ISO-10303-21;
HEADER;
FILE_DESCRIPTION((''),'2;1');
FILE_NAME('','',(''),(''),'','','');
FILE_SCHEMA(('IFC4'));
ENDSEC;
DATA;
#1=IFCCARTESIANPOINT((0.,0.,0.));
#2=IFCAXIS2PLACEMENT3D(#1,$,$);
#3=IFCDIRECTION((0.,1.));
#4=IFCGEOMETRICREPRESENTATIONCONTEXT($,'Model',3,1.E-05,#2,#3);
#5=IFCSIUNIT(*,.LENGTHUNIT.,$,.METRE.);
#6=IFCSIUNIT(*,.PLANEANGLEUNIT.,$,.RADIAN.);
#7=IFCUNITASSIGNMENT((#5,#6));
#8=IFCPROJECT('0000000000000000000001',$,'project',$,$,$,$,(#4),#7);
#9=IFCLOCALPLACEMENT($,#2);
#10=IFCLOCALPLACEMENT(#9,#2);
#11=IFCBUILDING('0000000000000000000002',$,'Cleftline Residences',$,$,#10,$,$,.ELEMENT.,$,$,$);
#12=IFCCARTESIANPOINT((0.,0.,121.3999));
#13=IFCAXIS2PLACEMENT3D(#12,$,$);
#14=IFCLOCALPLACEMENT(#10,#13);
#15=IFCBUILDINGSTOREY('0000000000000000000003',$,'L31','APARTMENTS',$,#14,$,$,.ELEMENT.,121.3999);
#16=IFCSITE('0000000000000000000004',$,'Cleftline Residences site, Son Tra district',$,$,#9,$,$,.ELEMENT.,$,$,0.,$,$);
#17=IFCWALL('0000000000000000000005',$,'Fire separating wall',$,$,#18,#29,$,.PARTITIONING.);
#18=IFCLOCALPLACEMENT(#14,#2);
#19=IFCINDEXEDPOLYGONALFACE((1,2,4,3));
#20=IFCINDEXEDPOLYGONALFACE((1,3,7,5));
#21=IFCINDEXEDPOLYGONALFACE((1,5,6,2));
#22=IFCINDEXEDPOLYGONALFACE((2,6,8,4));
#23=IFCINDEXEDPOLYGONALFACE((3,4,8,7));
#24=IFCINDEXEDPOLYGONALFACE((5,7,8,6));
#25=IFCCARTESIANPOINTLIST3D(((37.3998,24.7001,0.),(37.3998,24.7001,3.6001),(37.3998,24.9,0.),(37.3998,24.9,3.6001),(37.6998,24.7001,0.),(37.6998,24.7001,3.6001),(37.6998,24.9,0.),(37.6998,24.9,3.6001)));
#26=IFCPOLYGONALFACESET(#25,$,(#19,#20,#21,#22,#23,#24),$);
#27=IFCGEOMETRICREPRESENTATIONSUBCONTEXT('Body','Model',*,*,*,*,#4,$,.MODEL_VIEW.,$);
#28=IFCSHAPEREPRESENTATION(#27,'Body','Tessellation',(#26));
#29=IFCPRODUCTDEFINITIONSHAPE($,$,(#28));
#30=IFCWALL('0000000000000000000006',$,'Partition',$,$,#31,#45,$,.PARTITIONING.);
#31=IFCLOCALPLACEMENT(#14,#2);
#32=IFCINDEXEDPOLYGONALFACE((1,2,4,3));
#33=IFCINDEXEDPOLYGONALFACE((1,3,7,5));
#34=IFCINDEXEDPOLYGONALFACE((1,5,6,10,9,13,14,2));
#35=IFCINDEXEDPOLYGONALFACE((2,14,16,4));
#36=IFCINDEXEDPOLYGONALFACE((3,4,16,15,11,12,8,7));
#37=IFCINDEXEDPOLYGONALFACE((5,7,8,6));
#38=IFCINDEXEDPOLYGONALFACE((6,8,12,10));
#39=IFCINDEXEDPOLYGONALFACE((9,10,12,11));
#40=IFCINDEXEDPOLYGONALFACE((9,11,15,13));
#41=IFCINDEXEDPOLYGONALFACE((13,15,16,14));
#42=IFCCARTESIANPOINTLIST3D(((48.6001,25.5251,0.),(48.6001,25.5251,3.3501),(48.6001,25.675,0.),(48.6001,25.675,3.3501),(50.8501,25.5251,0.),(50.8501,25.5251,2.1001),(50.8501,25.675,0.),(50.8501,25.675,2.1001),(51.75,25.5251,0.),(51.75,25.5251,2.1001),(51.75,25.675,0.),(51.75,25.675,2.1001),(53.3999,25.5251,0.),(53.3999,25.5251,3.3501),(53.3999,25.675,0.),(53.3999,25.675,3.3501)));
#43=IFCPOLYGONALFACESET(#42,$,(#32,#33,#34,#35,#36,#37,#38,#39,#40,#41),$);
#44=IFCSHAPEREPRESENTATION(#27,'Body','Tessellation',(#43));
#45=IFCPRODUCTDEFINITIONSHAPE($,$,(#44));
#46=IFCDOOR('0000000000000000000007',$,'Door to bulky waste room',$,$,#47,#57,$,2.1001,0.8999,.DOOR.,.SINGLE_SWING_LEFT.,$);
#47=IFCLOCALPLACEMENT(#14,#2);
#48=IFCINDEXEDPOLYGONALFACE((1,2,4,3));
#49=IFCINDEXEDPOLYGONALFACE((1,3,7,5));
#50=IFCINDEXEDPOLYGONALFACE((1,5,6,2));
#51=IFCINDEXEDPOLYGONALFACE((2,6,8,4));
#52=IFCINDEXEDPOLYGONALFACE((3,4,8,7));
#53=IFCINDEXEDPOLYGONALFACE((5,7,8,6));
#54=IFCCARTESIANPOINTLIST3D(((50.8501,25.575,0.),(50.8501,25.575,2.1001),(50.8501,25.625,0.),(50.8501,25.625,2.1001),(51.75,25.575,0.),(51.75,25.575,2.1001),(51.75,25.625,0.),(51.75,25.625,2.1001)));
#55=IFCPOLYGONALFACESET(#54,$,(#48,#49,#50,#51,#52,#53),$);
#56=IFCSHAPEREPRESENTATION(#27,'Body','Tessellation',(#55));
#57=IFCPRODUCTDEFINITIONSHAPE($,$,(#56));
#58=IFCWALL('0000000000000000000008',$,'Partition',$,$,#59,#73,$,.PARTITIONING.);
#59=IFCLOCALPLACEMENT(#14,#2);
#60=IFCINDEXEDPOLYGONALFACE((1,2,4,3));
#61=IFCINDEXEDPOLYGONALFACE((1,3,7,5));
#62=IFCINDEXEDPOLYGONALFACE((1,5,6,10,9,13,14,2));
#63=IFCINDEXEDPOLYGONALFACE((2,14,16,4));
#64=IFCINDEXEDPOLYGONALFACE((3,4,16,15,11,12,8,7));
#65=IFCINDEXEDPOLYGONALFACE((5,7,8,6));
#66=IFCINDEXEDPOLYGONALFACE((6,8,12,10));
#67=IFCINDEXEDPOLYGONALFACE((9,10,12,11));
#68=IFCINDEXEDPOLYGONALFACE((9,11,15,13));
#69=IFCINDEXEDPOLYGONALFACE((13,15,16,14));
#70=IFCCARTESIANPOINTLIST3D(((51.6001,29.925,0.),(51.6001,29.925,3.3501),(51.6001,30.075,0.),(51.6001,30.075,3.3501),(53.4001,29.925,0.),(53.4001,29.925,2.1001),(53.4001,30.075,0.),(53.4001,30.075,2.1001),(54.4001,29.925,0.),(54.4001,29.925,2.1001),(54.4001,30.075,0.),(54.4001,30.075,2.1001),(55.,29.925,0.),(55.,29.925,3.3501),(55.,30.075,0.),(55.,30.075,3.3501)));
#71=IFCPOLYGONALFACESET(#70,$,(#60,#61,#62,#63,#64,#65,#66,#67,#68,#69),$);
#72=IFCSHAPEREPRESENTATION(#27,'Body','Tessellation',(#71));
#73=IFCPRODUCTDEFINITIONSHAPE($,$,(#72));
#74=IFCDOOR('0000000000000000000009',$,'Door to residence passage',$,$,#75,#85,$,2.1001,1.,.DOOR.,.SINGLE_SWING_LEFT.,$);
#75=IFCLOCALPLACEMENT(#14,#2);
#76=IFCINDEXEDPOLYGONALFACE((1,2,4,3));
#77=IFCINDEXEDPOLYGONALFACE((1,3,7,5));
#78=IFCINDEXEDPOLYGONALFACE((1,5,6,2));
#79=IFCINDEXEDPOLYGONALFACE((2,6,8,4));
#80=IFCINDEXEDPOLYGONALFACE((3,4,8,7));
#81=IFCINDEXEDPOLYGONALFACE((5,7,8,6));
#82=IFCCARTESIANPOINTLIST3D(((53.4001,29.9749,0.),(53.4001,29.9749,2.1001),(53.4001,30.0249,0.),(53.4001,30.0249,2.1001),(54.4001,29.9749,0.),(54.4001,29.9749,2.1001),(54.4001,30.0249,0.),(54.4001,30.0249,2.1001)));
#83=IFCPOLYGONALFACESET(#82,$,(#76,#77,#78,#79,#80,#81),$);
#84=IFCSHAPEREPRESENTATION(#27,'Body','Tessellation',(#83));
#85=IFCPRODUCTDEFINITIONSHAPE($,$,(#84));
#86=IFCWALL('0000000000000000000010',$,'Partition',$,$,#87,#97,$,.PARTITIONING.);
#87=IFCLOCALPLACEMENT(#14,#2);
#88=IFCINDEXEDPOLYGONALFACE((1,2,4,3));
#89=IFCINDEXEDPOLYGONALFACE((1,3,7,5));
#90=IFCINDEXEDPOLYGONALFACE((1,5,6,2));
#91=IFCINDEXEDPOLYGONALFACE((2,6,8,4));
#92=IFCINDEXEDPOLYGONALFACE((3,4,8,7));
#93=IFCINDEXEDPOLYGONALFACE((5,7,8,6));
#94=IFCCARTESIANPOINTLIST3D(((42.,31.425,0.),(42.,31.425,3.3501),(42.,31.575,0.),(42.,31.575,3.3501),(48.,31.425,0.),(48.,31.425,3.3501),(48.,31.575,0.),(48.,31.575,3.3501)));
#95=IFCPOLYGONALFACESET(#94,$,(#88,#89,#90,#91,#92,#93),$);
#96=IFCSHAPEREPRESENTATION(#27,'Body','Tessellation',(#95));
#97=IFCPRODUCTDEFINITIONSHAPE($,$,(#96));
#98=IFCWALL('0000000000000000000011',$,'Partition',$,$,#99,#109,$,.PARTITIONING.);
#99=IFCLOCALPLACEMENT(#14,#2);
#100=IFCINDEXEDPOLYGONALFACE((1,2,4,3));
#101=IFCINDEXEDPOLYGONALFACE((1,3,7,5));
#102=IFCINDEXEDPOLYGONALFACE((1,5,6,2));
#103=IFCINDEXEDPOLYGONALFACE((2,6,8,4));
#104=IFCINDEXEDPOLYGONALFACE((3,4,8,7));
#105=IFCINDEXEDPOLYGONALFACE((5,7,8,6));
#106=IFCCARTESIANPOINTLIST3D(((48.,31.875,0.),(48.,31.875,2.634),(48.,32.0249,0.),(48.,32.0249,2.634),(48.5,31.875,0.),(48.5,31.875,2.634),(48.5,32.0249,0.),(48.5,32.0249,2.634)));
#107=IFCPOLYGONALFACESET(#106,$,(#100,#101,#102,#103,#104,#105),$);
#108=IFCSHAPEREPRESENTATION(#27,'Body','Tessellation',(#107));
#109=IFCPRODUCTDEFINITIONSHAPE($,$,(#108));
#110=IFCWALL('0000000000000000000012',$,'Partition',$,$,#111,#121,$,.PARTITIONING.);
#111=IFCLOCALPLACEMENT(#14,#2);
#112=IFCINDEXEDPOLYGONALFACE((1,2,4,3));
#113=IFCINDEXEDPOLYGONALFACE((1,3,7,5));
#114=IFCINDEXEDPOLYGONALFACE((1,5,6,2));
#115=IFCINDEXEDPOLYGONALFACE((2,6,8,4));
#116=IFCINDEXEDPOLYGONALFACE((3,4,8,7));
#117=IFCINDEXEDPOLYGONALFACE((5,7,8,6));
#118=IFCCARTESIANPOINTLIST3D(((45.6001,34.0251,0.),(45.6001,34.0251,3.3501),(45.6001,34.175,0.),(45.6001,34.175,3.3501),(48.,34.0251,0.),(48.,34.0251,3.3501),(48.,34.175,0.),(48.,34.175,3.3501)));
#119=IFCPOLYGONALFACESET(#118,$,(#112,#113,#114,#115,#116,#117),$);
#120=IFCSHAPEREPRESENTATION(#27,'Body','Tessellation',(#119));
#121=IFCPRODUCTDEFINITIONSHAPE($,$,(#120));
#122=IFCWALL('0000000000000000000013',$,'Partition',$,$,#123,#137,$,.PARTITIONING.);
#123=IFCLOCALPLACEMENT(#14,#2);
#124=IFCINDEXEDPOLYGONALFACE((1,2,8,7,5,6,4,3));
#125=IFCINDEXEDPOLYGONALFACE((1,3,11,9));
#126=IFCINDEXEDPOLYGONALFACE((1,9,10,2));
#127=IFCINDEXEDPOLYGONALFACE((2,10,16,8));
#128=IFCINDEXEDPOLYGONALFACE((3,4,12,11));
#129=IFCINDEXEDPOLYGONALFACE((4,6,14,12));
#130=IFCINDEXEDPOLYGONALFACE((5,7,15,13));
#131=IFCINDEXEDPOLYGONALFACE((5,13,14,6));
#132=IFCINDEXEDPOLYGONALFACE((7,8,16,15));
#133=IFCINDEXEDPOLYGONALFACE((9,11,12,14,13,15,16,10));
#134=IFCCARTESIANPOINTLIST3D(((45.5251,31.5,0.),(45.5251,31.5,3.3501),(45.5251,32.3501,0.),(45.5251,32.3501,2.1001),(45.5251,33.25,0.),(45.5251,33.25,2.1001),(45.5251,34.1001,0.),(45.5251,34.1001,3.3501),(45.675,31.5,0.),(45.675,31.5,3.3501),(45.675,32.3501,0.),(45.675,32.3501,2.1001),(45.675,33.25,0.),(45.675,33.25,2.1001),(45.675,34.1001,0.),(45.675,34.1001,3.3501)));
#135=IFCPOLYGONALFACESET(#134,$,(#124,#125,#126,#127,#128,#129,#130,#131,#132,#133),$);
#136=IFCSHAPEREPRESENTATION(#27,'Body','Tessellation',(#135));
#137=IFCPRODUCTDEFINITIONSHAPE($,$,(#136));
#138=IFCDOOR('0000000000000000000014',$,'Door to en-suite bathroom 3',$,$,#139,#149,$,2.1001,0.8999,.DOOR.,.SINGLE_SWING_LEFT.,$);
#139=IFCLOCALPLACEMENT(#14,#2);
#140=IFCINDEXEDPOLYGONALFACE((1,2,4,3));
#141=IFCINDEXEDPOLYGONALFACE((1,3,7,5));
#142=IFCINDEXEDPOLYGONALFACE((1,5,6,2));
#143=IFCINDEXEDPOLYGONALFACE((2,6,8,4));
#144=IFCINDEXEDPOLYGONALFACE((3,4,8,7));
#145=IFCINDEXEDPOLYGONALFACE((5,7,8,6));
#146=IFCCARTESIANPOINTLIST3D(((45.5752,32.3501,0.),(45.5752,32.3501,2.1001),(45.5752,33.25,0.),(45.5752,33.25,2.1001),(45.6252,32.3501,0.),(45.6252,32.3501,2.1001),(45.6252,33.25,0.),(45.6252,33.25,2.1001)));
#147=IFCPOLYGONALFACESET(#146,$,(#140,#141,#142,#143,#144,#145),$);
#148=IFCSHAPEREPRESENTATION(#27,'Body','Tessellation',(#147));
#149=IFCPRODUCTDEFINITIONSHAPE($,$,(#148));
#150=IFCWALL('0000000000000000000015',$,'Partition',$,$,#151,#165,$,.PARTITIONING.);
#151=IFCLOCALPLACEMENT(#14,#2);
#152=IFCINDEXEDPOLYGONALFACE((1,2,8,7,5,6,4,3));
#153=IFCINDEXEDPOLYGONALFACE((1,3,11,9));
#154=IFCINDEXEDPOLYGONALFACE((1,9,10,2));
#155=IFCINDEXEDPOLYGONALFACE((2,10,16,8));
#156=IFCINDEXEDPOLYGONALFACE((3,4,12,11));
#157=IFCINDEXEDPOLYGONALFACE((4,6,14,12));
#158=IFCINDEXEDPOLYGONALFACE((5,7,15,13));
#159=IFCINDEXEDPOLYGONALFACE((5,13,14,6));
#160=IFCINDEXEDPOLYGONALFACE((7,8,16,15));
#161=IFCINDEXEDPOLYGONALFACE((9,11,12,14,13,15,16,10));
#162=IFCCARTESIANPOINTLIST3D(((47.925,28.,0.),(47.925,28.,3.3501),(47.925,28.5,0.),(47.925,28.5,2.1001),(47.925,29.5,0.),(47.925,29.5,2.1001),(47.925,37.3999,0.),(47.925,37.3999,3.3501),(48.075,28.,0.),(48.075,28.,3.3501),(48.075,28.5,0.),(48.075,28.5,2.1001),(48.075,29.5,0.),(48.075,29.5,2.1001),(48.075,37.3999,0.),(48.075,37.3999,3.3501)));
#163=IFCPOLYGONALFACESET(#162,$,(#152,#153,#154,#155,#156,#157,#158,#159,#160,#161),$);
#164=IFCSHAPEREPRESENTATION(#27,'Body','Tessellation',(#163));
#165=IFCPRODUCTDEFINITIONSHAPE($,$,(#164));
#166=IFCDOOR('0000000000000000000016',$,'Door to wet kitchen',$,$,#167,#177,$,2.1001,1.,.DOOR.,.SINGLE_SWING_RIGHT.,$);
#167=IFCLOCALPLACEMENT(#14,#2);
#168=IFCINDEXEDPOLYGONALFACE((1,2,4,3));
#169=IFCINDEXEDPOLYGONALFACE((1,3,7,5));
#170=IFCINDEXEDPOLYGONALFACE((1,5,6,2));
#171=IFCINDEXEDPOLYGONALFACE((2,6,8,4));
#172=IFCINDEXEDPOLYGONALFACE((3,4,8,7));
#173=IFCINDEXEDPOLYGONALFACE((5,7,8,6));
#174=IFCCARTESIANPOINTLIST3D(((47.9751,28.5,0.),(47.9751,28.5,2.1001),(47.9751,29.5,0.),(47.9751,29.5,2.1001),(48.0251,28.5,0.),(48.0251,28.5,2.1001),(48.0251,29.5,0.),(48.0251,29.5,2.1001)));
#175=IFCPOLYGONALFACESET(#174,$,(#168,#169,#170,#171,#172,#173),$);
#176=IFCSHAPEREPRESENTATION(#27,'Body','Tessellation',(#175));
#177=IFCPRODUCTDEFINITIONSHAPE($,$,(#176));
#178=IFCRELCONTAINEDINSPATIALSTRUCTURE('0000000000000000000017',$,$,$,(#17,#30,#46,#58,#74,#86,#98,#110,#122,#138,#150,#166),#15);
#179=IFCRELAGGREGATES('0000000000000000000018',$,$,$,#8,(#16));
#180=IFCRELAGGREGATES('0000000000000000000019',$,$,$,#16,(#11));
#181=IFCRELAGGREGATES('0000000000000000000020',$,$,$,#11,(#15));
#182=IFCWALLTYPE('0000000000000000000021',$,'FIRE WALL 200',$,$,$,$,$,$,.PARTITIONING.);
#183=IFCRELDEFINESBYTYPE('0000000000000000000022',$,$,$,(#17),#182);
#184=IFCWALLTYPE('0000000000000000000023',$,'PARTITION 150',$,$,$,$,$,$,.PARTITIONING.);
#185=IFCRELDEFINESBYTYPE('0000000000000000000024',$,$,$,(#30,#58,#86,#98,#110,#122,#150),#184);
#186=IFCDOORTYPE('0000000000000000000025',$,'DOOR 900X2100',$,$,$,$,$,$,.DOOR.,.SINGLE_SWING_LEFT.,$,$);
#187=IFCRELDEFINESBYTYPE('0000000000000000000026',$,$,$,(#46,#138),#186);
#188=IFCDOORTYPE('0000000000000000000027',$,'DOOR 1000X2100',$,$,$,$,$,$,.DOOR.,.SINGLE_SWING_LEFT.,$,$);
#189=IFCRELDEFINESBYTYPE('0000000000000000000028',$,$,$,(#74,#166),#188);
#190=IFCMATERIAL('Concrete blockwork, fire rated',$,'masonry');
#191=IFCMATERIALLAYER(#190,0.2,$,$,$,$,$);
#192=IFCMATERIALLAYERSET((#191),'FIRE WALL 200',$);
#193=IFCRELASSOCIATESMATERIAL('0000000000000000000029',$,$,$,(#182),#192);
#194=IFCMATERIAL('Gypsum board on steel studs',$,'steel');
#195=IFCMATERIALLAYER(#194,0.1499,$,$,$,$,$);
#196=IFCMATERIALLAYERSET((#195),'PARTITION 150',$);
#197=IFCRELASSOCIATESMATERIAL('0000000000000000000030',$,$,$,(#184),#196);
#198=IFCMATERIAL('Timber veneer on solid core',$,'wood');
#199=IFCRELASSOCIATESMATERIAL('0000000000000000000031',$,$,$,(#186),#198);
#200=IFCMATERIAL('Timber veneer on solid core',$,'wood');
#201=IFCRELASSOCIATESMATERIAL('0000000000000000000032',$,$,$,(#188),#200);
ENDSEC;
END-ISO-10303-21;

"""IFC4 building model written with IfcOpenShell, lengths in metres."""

from ifc_helpers import new_model, si_unit, direction, frame, frame_2d, origin, place, context, subcontext, project, spatial, rectangle, extrude, material, layer, layer_set, type_object, element, fill, save


model = new_model("IFC4")

# Units and contexts
model_context = context("Model", 3, precision=1e-05, world=origin(), true_north=direction((0.0, 1.0)))
body_context = subcontext(model_context, "Body", "Model", "MODEL_VIEW")
ifc_project = project(units=[si_unit("LENGTHUNIT", "METRE"), si_unit("PLANEANGLEUNIT", "RADIAN")], contexts=[model_context])

# Site, building, storey
site_placement = place(None, origin())
site = spatial("IfcSite", under=ifc_project, at=site_placement, Name="Cleftline Residences site, Son Tra district", CompositionType="ELEMENT", RefElevation=0.0)
building_placement = place(site_placement, origin())
building = spatial("IfcBuilding", under=site, at=building_placement, Name="Cleftline Residences", CompositionType="ELEMENT")
storey_placement = place(building_placement, frame((0.0, 0.0, 121.3999)))
storey = spatial("IfcBuildingStorey", under=building, at=storey_placement, Name="L31", Description="APARTMENTS", CompositionType="ELEMENT", Elevation=121.3999)

# Shared definitions
ifc_material_1 = material(Name="Concrete blockwork, fire rated", Category="masonry")
ifc_layer_1 = layer(ifc_material_1, 0.2)
ifc_layer_set_1 = layer_set([ifc_layer_1], Name="FIRE WALL 200")
wall_type_1 = type_object("IfcWallType", Name="FIRE WALL 200", PredefinedType="PARTITIONING", material=ifc_layer_set_1)

# Wall
wall_1_placement = place(storey_placement, frame((37.3999, 24.8, 0.0), z_axis=(0.0, 0.0, 1.0), x_axis=(1.0, 0.0, 0.0)))
element("IfcWall", 1, at=wall_1_placement, inside=storey, type_object=wall_type_1, Name="Fire separating wall", PredefinedType="PARTITIONING", context=body_context, shape_type="SweptSolid", body=[
    extrude(rectangle(XDim=0.3, YDim=0.2, at=frame_2d((0.1499, 0.0))), origin(), (0.0, 0.0, 1.0), 3.6001),
])

# Walls, openings, doors
ifc_material_2 = material(Name="Gypsum board on steel studs", Category="steel")
ifc_layer_2 = layer(ifc_material_2, 0.1499)
ifc_layer_set_2 = layer_set([ifc_layer_2], Name="PARTITION 150")
wall_type_2 = type_object("IfcWallType", Name="PARTITION 150", PredefinedType="PARTITIONING", material=ifc_layer_set_2)
wall_2_placement = place(storey_placement, frame((48.6001, 25.6001, 0.0), z_axis=(0.0, 0.0, 1.0), x_axis=(1.0, 0.0, 0.0)))
wall_2 = element("IfcWall", 2, at=wall_2_placement, inside=storey, type_object=wall_type_2, Name="Partition", PredefinedType="PARTITIONING", context=body_context, shape_type="SweptSolid", body=[
    extrude(rectangle(XDim=4.7998, YDim=0.1499, at=frame_2d((2.3999, 0.0))), origin(), (0.0, 0.0, 1.0), 3.3501),
])
opening_1_placement = place(wall_2_placement, frame((2.25, 0.0, 0.0)))
opening_1 = element("IfcOpeningElement", 3, at=opening_1_placement, cuts=wall_2, PredefinedType="OPENING", context=body_context, shape_type="SweptSolid", body=[
    extrude(rectangle(XDim=0.8999, YDim=2.1001, at=frame_2d((0.45, 1.05))), frame((0.0, 0.085, 0.0), z_axis=(0.0, -1.0, 0.0), x_axis=(1.0, 0.0, 0.0)), (0.0, 0.0, 1.0), 0.1699),
])
ifc_material_3 = material(Name="Timber veneer on solid core", Category="wood")
door_type_1 = type_object("IfcDoorType", Name="DOOR 900X2100", OperationType="SINGLE_SWING_LEFT", PredefinedType="DOOR", material=ifc_material_3)
door_1_placement = place(opening_1_placement, origin())
door_1 = element("IfcDoor", 4, at=door_1_placement, inside=storey, type_object=door_type_1, Name="Door to bulky waste room", OperationType="SINGLE_SWING_LEFT", OverallHeight=2.1001, OverallWidth=0.8999, PredefinedType="DOOR", context=body_context, shape_type="SweptSolid", body=[
    extrude(rectangle(XDim=0.8999, YDim=2.1001, at=frame_2d((0.45, 1.05))), frame((0.0, 0.0249, 0.0), z_axis=(0.0, -1.0, 0.0), x_axis=(1.0, 0.0, 0.0)), (0.0, 0.0, 1.0), 0.05),
])
fill(opening_1, door_1)
wall_3_placement = place(storey_placement, frame((51.6001, 30.0, 0.0), z_axis=(0.0, 0.0, 1.0), x_axis=(1.0, 0.0, 0.0)))
wall_3 = element("IfcWall", 5, at=wall_3_placement, inside=storey, type_object=wall_type_2, Name="Partition", PredefinedType="PARTITIONING", context=body_context, shape_type="SweptSolid", body=[
    extrude(rectangle(XDim=3.3999, YDim=0.1499, at=frame_2d((1.7, 0.0))), origin(), (0.0, 0.0, 1.0), 3.3501),
])
opening_2_placement = place(wall_3_placement, frame((1.8, 0.0, 0.0)))
opening_2 = element("IfcOpeningElement", 6, at=opening_2_placement, cuts=wall_3, PredefinedType="OPENING", context=body_context, shape_type="SweptSolid", body=[
    extrude(rectangle(XDim=1.0, YDim=2.1001, at=frame_2d((0.5, 1.05))), frame((0.0, 0.085, 0.0), z_axis=(0.0, -1.0, 0.0), x_axis=(1.0, 0.0, 0.0)), (0.0, 0.0, 1.0), 0.1699),
])
ifc_material_4 = material(Name="Timber veneer on solid core", Category="wood")
door_type_2 = type_object("IfcDoorType", Name="DOOR 1000X2100", OperationType="SINGLE_SWING_LEFT", PredefinedType="DOOR", material=ifc_material_4)
door_2_placement = place(opening_2_placement, origin())
door_2 = element("IfcDoor", 7, at=door_2_placement, inside=storey, type_object=door_type_2, Name="Door to residence passage", OperationType="SINGLE_SWING_LEFT", OverallHeight=2.1001, OverallWidth=1.0, PredefinedType="DOOR", context=body_context, shape_type="SweptSolid", body=[
    extrude(rectangle(XDim=1.0, YDim=2.1001, at=frame_2d((0.5, 1.05))), frame((0.0, 0.0249, 0.0), z_axis=(0.0, -1.0, 0.0), x_axis=(1.0, 0.0, 0.0)), (0.0, 0.0, 1.0), 0.05),
])
fill(opening_2, door_2)

# Walls
wall_4_placement = place(storey_placement, frame((42.0, 31.5, 0.0), z_axis=(0.0, 0.0, 1.0), x_axis=(1.0, 0.0, 0.0)))
element("IfcWall", 8, at=wall_4_placement, inside=storey, type_object=wall_type_2, Name="Partition", PredefinedType="PARTITIONING", context=body_context, shape_type="SweptSolid", body=[
    extrude(rectangle(XDim=6.0, YDim=0.1499, at=frame_2d((3.0, 0.0))), origin(), (0.0, 0.0, 1.0), 3.3501),
])
wall_5_placement = place(storey_placement, frame((48.0, 31.95, 0.0), z_axis=(0.0, 0.0, 1.0), x_axis=(1.0, 0.0, 0.0)))
element("IfcWall", 9, at=wall_5_placement, inside=storey, type_object=wall_type_2, Name="Partition", PredefinedType="PARTITIONING", context=body_context, shape_type="SweptSolid", body=[
    extrude(rectangle(XDim=0.5, YDim=0.1499, at=frame_2d((0.25, 0.0))), origin(), (0.0, 0.0, 1.0), 2.634),
])
wall_6_placement = place(storey_placement, frame((45.6001, 34.1001, 0.0), z_axis=(0.0, 0.0, 1.0), x_axis=(1.0, 0.0, 0.0)))
element("IfcWall", 10, at=wall_6_placement, inside=storey, type_object=wall_type_2, Name="Partition", PredefinedType="PARTITIONING", context=body_context, shape_type="SweptSolid", body=[
    extrude(rectangle(XDim=2.3999, YDim=0.1499, at=frame_2d((1.2, 0.0))), origin(), (0.0, 0.0, 1.0), 3.3501),
])

# Walls, openings, doors
wall_7_placement = place(storey_placement, frame((45.6001, 31.5, 0.0), z_axis=(0.0, 0.0, 1.0), x_axis=(0.0, 1.0, 0.0)))
wall_7 = element("IfcWall", 11, at=wall_7_placement, inside=storey, type_object=wall_type_2, Name="Partition", PredefinedType="PARTITIONING", context=body_context, shape_type="SweptSolid", body=[
    extrude(rectangle(XDim=2.6001, YDim=0.1499, at=frame_2d((1.3, 0.0))), origin(), (0.0, 0.0, 1.0), 3.3501),
])
opening_3_placement = place(wall_7_placement, frame((0.8501, 0.0, 0.0)))
opening_3 = element("IfcOpeningElement", 12, at=opening_3_placement, cuts=wall_7, PredefinedType="OPENING", context=body_context, shape_type="SweptSolid", body=[
    extrude(rectangle(XDim=0.8999, YDim=2.1001, at=frame_2d((0.45, 1.05))), frame((0.0, 0.085, 0.0), z_axis=(0.0, -1.0, 0.0), x_axis=(1.0, 0.0, 0.0)), (0.0, 0.0, 1.0), 0.1699),
])
door_3_placement = place(opening_3_placement, origin())
door_3 = element("IfcDoor", 13, at=door_3_placement, inside=storey, type_object=door_type_1, Name="Door to en-suite bathroom 3", OperationType="SINGLE_SWING_LEFT", OverallHeight=2.1001, OverallWidth=0.8999, PredefinedType="DOOR", context=body_context, shape_type="SweptSolid", body=[
    extrude(rectangle(XDim=0.8999, YDim=2.1001, at=frame_2d((0.45, 1.05))), frame((0.0, 0.0249, 0.0), z_axis=(0.0, -1.0, 0.0), x_axis=(1.0, 0.0, 0.0)), (0.0, 0.0, 1.0), 0.05),
])
fill(opening_3, door_3)
wall_8_placement = place(storey_placement, frame((48.0, 28.0, 0.0), z_axis=(0.0, 0.0, 1.0), x_axis=(0.0, 1.0, 0.0)))
wall_8 = element("IfcWall", 14, at=wall_8_placement, inside=storey, type_object=wall_type_2, Name="Partition", PredefinedType="PARTITIONING", context=body_context, shape_type="SweptSolid", body=[
    extrude(rectangle(XDim=9.3999, YDim=0.1499, at=frame_2d((4.7, 0.0))), origin(), (0.0, 0.0, 1.0), 3.3501),
])
opening_4_placement = place(wall_8_placement, frame((0.5, 0.0, 0.0)))
opening_4 = element("IfcOpeningElement", 15, at=opening_4_placement, cuts=wall_8, PredefinedType="OPENING", context=body_context, shape_type="SweptSolid", body=[
    extrude(rectangle(XDim=1.0, YDim=2.1001, at=frame_2d((0.5, 1.05))), frame((0.0, 0.085, 0.0), z_axis=(0.0, -1.0, 0.0), x_axis=(1.0, 0.0, 0.0)), (0.0, 0.0, 1.0), 0.1699),
])
door_4_placement = place(opening_4_placement, origin())
door_4 = element("IfcDoor", 16, at=door_4_placement, inside=storey, type_object=door_type_2, Name="Door to wet kitchen", OperationType="SINGLE_SWING_RIGHT", OverallHeight=2.1001, OverallWidth=1.0, PredefinedType="DOOR", context=body_context, shape_type="SweptSolid", body=[
    extrude(rectangle(XDim=1.0, YDim=2.1001, at=frame_2d((0.5, 1.05))), frame((0.0, 0.0249, 0.0), z_axis=(0.0, -1.0, 0.0), x_axis=(1.0, 0.0, 0.0)), (0.0, 0.0, 1.0), 0.05),
])
fill(opening_4, door_4)

save(model, "model.ifc")
